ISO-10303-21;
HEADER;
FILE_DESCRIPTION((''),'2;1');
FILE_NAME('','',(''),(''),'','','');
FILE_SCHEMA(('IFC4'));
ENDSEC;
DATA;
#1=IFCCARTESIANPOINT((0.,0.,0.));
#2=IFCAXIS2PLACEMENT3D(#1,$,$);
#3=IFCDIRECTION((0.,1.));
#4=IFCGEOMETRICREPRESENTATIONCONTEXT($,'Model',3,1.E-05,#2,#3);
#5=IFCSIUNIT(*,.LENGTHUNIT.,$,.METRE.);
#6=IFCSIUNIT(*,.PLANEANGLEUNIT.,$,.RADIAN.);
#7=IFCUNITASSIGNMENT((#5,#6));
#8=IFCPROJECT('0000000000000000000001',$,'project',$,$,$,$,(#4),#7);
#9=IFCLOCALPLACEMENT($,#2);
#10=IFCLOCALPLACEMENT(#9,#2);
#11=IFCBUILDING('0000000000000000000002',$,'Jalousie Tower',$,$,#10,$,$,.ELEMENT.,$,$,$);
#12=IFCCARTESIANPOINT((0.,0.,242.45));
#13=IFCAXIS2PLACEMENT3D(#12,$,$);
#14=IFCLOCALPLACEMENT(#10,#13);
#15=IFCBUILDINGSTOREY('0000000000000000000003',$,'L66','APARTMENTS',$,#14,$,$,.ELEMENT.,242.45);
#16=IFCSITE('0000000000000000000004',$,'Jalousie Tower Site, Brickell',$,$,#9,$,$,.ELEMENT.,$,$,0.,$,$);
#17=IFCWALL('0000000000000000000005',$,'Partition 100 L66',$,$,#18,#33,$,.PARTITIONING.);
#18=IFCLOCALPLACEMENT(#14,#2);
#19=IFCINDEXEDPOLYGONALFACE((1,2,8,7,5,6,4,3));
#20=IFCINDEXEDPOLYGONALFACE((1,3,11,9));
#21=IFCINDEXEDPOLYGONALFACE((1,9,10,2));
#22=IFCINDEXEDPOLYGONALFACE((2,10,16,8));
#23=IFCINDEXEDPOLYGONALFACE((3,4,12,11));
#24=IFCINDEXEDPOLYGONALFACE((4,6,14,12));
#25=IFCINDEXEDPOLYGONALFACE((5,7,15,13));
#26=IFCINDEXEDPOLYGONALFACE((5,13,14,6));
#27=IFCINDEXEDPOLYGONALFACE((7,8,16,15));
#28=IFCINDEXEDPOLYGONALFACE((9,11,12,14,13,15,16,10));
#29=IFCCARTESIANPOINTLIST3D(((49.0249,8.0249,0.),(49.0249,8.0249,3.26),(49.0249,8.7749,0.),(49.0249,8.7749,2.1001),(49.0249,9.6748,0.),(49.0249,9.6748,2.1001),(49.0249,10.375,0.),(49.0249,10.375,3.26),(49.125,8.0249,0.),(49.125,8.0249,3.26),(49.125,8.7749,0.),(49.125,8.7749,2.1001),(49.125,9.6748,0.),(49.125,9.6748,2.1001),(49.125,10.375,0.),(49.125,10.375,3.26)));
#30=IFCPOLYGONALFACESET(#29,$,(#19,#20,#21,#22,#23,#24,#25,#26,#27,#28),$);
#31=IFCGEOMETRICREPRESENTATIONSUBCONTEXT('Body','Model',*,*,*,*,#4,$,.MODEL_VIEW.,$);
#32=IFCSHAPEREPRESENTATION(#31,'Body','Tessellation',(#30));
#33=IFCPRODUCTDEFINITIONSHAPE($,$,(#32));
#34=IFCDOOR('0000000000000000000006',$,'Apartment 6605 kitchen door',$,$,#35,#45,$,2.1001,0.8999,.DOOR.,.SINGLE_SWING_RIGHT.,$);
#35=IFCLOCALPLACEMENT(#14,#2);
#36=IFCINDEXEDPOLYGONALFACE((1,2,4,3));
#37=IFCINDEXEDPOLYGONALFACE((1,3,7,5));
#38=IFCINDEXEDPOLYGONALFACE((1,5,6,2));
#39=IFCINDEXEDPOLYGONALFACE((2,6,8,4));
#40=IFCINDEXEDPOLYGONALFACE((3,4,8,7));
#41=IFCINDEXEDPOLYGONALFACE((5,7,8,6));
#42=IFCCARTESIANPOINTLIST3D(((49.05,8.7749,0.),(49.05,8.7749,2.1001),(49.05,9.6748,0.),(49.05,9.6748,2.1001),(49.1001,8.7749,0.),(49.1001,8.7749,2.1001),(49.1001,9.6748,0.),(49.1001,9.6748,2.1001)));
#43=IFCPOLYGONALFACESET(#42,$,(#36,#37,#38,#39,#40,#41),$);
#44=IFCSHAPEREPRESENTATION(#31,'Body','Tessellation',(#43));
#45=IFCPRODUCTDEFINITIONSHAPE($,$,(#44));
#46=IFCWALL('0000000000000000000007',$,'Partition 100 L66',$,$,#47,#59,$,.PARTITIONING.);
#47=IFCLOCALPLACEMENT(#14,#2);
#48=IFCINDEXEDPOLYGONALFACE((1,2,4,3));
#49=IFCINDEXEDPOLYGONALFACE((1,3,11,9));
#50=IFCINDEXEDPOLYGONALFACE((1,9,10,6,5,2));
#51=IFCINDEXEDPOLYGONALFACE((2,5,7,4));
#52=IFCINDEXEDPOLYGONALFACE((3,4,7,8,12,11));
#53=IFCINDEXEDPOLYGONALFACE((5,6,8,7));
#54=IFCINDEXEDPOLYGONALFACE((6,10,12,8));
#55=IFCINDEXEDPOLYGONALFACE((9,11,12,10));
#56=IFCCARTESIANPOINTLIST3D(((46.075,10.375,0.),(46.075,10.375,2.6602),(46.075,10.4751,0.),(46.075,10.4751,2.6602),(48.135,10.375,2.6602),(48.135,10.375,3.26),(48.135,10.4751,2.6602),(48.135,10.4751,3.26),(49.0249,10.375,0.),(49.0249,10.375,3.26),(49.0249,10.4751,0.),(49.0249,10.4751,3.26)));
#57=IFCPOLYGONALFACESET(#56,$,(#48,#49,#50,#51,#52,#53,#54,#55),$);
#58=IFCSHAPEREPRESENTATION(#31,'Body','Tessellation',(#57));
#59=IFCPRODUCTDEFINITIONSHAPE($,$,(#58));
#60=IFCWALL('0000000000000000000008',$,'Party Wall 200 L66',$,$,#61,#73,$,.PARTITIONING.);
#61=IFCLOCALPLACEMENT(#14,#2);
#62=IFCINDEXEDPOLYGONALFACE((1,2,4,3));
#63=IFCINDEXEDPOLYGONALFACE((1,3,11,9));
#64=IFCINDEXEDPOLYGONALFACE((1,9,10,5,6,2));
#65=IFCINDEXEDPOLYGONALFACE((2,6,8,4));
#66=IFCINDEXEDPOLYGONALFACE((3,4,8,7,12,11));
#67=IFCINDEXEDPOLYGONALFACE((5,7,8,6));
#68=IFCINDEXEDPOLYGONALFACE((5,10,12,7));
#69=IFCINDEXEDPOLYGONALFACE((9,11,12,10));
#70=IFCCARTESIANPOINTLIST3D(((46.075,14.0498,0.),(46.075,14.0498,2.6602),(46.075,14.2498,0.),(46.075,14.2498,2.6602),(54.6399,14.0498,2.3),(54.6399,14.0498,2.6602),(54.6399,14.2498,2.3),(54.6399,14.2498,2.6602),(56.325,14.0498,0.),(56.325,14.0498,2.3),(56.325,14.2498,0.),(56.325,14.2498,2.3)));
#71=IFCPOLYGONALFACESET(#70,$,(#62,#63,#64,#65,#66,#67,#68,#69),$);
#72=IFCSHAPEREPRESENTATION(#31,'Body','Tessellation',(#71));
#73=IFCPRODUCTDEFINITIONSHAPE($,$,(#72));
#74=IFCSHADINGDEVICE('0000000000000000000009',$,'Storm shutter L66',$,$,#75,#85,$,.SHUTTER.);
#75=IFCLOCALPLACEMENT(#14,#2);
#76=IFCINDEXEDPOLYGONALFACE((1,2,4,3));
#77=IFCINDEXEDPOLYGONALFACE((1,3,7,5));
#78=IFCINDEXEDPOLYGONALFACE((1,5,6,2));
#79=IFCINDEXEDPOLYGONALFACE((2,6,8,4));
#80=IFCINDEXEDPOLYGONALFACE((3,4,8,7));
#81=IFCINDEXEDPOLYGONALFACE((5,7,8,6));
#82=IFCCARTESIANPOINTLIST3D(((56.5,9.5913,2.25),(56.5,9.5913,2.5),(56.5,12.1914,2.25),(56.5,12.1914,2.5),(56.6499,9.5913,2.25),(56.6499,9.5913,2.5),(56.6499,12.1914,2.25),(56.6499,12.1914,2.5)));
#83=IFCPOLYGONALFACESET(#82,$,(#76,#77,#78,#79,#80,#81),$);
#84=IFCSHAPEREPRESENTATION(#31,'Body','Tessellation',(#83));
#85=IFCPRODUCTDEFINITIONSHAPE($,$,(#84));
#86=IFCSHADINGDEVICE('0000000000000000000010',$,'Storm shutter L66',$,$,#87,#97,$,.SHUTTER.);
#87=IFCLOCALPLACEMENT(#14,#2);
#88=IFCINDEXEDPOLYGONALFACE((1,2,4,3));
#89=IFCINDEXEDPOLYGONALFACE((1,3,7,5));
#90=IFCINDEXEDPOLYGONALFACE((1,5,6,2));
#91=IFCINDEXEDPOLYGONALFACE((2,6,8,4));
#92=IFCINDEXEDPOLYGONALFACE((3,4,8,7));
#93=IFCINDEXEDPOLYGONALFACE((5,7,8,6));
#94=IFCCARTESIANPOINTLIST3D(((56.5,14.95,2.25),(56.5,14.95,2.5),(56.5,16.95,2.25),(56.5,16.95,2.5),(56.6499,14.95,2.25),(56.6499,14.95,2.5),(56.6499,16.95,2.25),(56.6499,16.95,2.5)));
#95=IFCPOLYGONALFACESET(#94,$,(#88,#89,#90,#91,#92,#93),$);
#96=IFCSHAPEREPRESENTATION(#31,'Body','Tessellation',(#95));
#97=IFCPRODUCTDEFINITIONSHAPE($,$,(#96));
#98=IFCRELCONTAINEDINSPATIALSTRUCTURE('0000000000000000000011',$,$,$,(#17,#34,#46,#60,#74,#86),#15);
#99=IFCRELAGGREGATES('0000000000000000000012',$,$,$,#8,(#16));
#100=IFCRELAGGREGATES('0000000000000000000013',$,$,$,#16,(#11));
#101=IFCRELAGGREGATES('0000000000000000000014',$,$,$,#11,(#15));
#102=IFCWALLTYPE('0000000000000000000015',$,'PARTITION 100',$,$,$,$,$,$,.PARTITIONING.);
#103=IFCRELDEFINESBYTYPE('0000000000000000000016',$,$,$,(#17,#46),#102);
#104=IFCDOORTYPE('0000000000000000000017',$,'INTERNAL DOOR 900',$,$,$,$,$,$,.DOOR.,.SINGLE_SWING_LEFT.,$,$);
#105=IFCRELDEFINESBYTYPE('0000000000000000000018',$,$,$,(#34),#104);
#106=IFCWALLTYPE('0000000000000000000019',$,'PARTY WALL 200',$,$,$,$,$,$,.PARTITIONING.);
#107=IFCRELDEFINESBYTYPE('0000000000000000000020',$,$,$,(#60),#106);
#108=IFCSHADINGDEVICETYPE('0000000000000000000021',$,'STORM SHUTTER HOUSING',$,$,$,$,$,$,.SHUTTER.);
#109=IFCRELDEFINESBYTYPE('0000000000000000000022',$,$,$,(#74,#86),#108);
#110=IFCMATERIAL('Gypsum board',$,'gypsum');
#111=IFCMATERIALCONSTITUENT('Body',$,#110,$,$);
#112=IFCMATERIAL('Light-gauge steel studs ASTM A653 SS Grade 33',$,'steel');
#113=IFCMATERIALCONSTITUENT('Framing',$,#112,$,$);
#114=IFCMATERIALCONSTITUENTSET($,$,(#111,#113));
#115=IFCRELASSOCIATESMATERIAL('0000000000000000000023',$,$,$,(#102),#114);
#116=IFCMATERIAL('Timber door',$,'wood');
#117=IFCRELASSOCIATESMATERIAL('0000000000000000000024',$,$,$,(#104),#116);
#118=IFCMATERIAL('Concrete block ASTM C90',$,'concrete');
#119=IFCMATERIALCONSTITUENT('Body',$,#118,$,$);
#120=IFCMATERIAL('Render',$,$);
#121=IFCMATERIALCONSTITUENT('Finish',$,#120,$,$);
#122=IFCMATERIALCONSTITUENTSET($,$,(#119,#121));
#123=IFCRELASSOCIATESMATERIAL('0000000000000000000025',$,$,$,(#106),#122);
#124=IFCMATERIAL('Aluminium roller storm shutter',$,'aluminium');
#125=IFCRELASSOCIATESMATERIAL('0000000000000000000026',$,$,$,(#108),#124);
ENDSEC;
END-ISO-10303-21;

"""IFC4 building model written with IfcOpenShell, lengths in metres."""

from ifc_helpers import new_model, si_unit, direction, frame, frame_2d, origin, origin_2d, place, context, subcontext, project, spatial, polyline, rectangle, outline, extrude, material, constituent, constituent_set, type_object, element, fill, save


model = new_model("IFC4")

# Units and contexts
model_context = context("Model", 3, precision=1e-05, world=origin(), true_north=direction((0.0, 1.0)))
body_context = subcontext(model_context, "Body", "Model", "MODEL_VIEW")
ifc_project = project(units=[si_unit("LENGTHUNIT", "METRE"), si_unit("PLANEANGLEUNIT", "RADIAN")], contexts=[model_context])

# Site, building, storey
site_placement = place(None, origin())
site = spatial("IfcSite", under=ifc_project, at=site_placement, Name="Jalousie Tower Site, Brickell", CompositionType="ELEMENT", RefElevation=0.0)
building_placement = place(site_placement, origin())
building = spatial("IfcBuilding", under=site, at=building_placement, Name="Jalousie Tower", CompositionType="ELEMENT")
storey_placement = place(building_placement, frame((0.0, 0.0, 242.45)))
storey = spatial("IfcBuildingStorey", under=building, at=storey_placement, Name="L66", Description="APARTMENTS", CompositionType="ELEMENT", Elevation=242.45)

# Wall, opening, door
ifc_material_1 = material(Name="Gypsum board", Category="gypsum")
ifc_constituent_1 = constituent(ifc_material_1, Name="Body")
ifc_material_2 = material(Name="Light-gauge steel studs ASTM A653 SS Grade 33", Category="steel")
ifc_constituent_2 = constituent(ifc_material_2, Name="Framing")
ifc_constituent_set_1 = constituent_set(constituents=[ifc_constituent_1, ifc_constituent_2])
wall_type_1 = type_object("IfcWallType", Name="PARTITION 100", PredefinedType="PARTITIONING", material=ifc_constituent_set_1)
wall_1_placement = place(storey_placement, frame((49.075, 8.0249, 0.0), z_axis=(0.0, 0.0, 1.0), x_axis=(0.0, 1.0, 0.0)))
wall_1 = element("IfcWall", 1, at=wall_1_placement, inside=storey, type_object=wall_type_1, Name="Partition 100 L66", PredefinedType="PARTITIONING", context=body_context, shape_type="SweptSolid", body=[
    extrude(rectangle(XDim=2.3501, YDim=0.1001, at=frame_2d((1.175, 0.0))), origin(), (0.0, 0.0, 1.0), 3.26),
])
opening_1_placement = place(wall_1_placement, frame((0.75, 0.0, 0.0)))
opening_1 = element("IfcOpeningElement", 2, at=opening_1_placement, cuts=wall_1, PredefinedType="OPENING", context=body_context, shape_type="SweptSolid", body=[
    extrude(rectangle(XDim=0.8999, YDim=2.1001, at=frame_2d((0.45, 1.05))), frame((0.0, 0.0601, 0.0), z_axis=(0.0, -1.0, 0.0), x_axis=(1.0, 0.0, 0.0)), (0.0, 0.0, 1.0), 0.1201),
])
ifc_material_3 = material(Name="Timber door", Category="wood")
door_type_1 = type_object("IfcDoorType", Name="INTERNAL DOOR 900", OperationType="SINGLE_SWING_LEFT", PredefinedType="DOOR", material=ifc_material_3)
door_1_placement = place(opening_1_placement, origin())
door_1 = element("IfcDoor", 3, at=door_1_placement, inside=storey, type_object=door_type_1, Name="Apartment 6605 kitchen door", OperationType="SINGLE_SWING_RIGHT", OverallHeight=2.1001, OverallWidth=0.8999, PredefinedType="DOOR", context=body_context, shape_type="SweptSolid", body=[
    extrude(rectangle(XDim=0.8999, YDim=2.1001, at=frame_2d((0.45, 1.05))), frame((0.0, 0.0249, 0.0), z_axis=(0.0, -1.0, 0.0), x_axis=(1.0, 0.0, 0.0)), (0.0, 0.0, 1.0), 0.05),
])
fill(opening_1, door_1)

# Walls
wall_2_placement = place(storey_placement, frame((49.0249, 10.425, 0.0), z_axis=(0.0, 0.0, 1.0), x_axis=(-1.0, 0.0, 0.0)))
element("IfcWall", 4, at=wall_2_placement, inside=storey, type_object=wall_type_1, Name="Partition 100 L66", PredefinedType="PARTITIONING", context=body_context, shape_type="SweptSolid", body=[
    extrude(outline(polyline([(0.0, 0.0), (2.95, 0.0), (2.95, 3.26), (2.95, 2.6602), (0.8899, 2.6602), (0.8899, 3.26), (0.0, 3.26), (0.0, 0.0)])), frame((0.0, 0.05, 0.0), z_axis=(0.0, -1.0, 0.0), x_axis=(1.0, 0.0, 0.0)), (0.0, 0.0, 1.0), 0.1001),
])
ifc_material_4 = material(Name="Concrete block ASTM C90", Category="concrete")
ifc_constituent_3 = constituent(ifc_material_4, Name="Body")
ifc_material_5 = material(Name="Render")
ifc_constituent_4 = constituent(ifc_material_5, Name="Finish")
ifc_constituent_set_2 = constituent_set(constituents=[ifc_constituent_3, ifc_constituent_4])
wall_type_2 = type_object("IfcWallType", Name="PARTY WALL 200", PredefinedType="PARTITIONING", material=ifc_constituent_set_2)
wall_3_placement = place(storey_placement, frame((56.325, 14.1499, 0.0), z_axis=(0.0, 0.0, 1.0), x_axis=(-1.0, 0.0, 0.0)))
element("IfcWall", 5, at=wall_3_placement, inside=storey, type_object=wall_type_2, Name="Party Wall 200 L66", PredefinedType="PARTITIONING", context=body_context, shape_type="SweptSolid", body=[
    extrude(outline(polyline([(0.0, 0.0), (10.25, 0.0), (10.25, 3.26), (10.25, 2.6602), (1.6851, 2.6602), (1.6851, 2.3), (0.0, 2.3), (0.0, 3.26), (0.0, 0.0)])), frame((0.0, 0.1001, 0.0), z_axis=(0.0, -1.0, 0.0), x_axis=(1.0, 0.0, 0.0)), (0.0, 0.0, 1.0), 0.2),
])

# Shading devices
ifc_material_6 = material(Name="Aluminium roller storm shutter", Category="aluminium")
shading_device_type = type_object("IfcShadingDeviceType", Name="STORM SHUTTER HOUSING", PredefinedType="SHUTTER", material=ifc_material_6)
shading_device_1_placement = place(storey_placement, frame((56.575, 10.8914, 2.25), z_axis=(0.0, 0.0, 1.0), x_axis=(0.0, 1.0, 0.0)))
element("IfcShadingDevice", 6, at=shading_device_1_placement, inside=storey, type_object=shading_device_type, Name="Storm shutter L66", PredefinedType="SHUTTER", context=body_context, shape_type="SweptSolid", body=[
    extrude(rectangle(XDim=2.6001, YDim=0.1499, at=origin_2d()), origin(), (0.0, 0.0, 1.0), 0.25),
])
shading_device_2_placement = place(storey_placement, frame((56.575, 15.95, 2.25), z_axis=(0.0, 0.0, 1.0), x_axis=(0.0, 1.0, 0.0)))
element("IfcShadingDevice", 7, at=shading_device_2_placement, inside=storey, type_object=shading_device_type, Name="Storm shutter L66", PredefinedType="SHUTTER", context=body_context, shape_type="SweptSolid", body=[
    extrude(rectangle(XDim=2.0, YDim=0.1499, at=origin_2d()), origin(), (0.0, 0.0, 1.0), 0.25),
])

save(model, "model.ifc")
